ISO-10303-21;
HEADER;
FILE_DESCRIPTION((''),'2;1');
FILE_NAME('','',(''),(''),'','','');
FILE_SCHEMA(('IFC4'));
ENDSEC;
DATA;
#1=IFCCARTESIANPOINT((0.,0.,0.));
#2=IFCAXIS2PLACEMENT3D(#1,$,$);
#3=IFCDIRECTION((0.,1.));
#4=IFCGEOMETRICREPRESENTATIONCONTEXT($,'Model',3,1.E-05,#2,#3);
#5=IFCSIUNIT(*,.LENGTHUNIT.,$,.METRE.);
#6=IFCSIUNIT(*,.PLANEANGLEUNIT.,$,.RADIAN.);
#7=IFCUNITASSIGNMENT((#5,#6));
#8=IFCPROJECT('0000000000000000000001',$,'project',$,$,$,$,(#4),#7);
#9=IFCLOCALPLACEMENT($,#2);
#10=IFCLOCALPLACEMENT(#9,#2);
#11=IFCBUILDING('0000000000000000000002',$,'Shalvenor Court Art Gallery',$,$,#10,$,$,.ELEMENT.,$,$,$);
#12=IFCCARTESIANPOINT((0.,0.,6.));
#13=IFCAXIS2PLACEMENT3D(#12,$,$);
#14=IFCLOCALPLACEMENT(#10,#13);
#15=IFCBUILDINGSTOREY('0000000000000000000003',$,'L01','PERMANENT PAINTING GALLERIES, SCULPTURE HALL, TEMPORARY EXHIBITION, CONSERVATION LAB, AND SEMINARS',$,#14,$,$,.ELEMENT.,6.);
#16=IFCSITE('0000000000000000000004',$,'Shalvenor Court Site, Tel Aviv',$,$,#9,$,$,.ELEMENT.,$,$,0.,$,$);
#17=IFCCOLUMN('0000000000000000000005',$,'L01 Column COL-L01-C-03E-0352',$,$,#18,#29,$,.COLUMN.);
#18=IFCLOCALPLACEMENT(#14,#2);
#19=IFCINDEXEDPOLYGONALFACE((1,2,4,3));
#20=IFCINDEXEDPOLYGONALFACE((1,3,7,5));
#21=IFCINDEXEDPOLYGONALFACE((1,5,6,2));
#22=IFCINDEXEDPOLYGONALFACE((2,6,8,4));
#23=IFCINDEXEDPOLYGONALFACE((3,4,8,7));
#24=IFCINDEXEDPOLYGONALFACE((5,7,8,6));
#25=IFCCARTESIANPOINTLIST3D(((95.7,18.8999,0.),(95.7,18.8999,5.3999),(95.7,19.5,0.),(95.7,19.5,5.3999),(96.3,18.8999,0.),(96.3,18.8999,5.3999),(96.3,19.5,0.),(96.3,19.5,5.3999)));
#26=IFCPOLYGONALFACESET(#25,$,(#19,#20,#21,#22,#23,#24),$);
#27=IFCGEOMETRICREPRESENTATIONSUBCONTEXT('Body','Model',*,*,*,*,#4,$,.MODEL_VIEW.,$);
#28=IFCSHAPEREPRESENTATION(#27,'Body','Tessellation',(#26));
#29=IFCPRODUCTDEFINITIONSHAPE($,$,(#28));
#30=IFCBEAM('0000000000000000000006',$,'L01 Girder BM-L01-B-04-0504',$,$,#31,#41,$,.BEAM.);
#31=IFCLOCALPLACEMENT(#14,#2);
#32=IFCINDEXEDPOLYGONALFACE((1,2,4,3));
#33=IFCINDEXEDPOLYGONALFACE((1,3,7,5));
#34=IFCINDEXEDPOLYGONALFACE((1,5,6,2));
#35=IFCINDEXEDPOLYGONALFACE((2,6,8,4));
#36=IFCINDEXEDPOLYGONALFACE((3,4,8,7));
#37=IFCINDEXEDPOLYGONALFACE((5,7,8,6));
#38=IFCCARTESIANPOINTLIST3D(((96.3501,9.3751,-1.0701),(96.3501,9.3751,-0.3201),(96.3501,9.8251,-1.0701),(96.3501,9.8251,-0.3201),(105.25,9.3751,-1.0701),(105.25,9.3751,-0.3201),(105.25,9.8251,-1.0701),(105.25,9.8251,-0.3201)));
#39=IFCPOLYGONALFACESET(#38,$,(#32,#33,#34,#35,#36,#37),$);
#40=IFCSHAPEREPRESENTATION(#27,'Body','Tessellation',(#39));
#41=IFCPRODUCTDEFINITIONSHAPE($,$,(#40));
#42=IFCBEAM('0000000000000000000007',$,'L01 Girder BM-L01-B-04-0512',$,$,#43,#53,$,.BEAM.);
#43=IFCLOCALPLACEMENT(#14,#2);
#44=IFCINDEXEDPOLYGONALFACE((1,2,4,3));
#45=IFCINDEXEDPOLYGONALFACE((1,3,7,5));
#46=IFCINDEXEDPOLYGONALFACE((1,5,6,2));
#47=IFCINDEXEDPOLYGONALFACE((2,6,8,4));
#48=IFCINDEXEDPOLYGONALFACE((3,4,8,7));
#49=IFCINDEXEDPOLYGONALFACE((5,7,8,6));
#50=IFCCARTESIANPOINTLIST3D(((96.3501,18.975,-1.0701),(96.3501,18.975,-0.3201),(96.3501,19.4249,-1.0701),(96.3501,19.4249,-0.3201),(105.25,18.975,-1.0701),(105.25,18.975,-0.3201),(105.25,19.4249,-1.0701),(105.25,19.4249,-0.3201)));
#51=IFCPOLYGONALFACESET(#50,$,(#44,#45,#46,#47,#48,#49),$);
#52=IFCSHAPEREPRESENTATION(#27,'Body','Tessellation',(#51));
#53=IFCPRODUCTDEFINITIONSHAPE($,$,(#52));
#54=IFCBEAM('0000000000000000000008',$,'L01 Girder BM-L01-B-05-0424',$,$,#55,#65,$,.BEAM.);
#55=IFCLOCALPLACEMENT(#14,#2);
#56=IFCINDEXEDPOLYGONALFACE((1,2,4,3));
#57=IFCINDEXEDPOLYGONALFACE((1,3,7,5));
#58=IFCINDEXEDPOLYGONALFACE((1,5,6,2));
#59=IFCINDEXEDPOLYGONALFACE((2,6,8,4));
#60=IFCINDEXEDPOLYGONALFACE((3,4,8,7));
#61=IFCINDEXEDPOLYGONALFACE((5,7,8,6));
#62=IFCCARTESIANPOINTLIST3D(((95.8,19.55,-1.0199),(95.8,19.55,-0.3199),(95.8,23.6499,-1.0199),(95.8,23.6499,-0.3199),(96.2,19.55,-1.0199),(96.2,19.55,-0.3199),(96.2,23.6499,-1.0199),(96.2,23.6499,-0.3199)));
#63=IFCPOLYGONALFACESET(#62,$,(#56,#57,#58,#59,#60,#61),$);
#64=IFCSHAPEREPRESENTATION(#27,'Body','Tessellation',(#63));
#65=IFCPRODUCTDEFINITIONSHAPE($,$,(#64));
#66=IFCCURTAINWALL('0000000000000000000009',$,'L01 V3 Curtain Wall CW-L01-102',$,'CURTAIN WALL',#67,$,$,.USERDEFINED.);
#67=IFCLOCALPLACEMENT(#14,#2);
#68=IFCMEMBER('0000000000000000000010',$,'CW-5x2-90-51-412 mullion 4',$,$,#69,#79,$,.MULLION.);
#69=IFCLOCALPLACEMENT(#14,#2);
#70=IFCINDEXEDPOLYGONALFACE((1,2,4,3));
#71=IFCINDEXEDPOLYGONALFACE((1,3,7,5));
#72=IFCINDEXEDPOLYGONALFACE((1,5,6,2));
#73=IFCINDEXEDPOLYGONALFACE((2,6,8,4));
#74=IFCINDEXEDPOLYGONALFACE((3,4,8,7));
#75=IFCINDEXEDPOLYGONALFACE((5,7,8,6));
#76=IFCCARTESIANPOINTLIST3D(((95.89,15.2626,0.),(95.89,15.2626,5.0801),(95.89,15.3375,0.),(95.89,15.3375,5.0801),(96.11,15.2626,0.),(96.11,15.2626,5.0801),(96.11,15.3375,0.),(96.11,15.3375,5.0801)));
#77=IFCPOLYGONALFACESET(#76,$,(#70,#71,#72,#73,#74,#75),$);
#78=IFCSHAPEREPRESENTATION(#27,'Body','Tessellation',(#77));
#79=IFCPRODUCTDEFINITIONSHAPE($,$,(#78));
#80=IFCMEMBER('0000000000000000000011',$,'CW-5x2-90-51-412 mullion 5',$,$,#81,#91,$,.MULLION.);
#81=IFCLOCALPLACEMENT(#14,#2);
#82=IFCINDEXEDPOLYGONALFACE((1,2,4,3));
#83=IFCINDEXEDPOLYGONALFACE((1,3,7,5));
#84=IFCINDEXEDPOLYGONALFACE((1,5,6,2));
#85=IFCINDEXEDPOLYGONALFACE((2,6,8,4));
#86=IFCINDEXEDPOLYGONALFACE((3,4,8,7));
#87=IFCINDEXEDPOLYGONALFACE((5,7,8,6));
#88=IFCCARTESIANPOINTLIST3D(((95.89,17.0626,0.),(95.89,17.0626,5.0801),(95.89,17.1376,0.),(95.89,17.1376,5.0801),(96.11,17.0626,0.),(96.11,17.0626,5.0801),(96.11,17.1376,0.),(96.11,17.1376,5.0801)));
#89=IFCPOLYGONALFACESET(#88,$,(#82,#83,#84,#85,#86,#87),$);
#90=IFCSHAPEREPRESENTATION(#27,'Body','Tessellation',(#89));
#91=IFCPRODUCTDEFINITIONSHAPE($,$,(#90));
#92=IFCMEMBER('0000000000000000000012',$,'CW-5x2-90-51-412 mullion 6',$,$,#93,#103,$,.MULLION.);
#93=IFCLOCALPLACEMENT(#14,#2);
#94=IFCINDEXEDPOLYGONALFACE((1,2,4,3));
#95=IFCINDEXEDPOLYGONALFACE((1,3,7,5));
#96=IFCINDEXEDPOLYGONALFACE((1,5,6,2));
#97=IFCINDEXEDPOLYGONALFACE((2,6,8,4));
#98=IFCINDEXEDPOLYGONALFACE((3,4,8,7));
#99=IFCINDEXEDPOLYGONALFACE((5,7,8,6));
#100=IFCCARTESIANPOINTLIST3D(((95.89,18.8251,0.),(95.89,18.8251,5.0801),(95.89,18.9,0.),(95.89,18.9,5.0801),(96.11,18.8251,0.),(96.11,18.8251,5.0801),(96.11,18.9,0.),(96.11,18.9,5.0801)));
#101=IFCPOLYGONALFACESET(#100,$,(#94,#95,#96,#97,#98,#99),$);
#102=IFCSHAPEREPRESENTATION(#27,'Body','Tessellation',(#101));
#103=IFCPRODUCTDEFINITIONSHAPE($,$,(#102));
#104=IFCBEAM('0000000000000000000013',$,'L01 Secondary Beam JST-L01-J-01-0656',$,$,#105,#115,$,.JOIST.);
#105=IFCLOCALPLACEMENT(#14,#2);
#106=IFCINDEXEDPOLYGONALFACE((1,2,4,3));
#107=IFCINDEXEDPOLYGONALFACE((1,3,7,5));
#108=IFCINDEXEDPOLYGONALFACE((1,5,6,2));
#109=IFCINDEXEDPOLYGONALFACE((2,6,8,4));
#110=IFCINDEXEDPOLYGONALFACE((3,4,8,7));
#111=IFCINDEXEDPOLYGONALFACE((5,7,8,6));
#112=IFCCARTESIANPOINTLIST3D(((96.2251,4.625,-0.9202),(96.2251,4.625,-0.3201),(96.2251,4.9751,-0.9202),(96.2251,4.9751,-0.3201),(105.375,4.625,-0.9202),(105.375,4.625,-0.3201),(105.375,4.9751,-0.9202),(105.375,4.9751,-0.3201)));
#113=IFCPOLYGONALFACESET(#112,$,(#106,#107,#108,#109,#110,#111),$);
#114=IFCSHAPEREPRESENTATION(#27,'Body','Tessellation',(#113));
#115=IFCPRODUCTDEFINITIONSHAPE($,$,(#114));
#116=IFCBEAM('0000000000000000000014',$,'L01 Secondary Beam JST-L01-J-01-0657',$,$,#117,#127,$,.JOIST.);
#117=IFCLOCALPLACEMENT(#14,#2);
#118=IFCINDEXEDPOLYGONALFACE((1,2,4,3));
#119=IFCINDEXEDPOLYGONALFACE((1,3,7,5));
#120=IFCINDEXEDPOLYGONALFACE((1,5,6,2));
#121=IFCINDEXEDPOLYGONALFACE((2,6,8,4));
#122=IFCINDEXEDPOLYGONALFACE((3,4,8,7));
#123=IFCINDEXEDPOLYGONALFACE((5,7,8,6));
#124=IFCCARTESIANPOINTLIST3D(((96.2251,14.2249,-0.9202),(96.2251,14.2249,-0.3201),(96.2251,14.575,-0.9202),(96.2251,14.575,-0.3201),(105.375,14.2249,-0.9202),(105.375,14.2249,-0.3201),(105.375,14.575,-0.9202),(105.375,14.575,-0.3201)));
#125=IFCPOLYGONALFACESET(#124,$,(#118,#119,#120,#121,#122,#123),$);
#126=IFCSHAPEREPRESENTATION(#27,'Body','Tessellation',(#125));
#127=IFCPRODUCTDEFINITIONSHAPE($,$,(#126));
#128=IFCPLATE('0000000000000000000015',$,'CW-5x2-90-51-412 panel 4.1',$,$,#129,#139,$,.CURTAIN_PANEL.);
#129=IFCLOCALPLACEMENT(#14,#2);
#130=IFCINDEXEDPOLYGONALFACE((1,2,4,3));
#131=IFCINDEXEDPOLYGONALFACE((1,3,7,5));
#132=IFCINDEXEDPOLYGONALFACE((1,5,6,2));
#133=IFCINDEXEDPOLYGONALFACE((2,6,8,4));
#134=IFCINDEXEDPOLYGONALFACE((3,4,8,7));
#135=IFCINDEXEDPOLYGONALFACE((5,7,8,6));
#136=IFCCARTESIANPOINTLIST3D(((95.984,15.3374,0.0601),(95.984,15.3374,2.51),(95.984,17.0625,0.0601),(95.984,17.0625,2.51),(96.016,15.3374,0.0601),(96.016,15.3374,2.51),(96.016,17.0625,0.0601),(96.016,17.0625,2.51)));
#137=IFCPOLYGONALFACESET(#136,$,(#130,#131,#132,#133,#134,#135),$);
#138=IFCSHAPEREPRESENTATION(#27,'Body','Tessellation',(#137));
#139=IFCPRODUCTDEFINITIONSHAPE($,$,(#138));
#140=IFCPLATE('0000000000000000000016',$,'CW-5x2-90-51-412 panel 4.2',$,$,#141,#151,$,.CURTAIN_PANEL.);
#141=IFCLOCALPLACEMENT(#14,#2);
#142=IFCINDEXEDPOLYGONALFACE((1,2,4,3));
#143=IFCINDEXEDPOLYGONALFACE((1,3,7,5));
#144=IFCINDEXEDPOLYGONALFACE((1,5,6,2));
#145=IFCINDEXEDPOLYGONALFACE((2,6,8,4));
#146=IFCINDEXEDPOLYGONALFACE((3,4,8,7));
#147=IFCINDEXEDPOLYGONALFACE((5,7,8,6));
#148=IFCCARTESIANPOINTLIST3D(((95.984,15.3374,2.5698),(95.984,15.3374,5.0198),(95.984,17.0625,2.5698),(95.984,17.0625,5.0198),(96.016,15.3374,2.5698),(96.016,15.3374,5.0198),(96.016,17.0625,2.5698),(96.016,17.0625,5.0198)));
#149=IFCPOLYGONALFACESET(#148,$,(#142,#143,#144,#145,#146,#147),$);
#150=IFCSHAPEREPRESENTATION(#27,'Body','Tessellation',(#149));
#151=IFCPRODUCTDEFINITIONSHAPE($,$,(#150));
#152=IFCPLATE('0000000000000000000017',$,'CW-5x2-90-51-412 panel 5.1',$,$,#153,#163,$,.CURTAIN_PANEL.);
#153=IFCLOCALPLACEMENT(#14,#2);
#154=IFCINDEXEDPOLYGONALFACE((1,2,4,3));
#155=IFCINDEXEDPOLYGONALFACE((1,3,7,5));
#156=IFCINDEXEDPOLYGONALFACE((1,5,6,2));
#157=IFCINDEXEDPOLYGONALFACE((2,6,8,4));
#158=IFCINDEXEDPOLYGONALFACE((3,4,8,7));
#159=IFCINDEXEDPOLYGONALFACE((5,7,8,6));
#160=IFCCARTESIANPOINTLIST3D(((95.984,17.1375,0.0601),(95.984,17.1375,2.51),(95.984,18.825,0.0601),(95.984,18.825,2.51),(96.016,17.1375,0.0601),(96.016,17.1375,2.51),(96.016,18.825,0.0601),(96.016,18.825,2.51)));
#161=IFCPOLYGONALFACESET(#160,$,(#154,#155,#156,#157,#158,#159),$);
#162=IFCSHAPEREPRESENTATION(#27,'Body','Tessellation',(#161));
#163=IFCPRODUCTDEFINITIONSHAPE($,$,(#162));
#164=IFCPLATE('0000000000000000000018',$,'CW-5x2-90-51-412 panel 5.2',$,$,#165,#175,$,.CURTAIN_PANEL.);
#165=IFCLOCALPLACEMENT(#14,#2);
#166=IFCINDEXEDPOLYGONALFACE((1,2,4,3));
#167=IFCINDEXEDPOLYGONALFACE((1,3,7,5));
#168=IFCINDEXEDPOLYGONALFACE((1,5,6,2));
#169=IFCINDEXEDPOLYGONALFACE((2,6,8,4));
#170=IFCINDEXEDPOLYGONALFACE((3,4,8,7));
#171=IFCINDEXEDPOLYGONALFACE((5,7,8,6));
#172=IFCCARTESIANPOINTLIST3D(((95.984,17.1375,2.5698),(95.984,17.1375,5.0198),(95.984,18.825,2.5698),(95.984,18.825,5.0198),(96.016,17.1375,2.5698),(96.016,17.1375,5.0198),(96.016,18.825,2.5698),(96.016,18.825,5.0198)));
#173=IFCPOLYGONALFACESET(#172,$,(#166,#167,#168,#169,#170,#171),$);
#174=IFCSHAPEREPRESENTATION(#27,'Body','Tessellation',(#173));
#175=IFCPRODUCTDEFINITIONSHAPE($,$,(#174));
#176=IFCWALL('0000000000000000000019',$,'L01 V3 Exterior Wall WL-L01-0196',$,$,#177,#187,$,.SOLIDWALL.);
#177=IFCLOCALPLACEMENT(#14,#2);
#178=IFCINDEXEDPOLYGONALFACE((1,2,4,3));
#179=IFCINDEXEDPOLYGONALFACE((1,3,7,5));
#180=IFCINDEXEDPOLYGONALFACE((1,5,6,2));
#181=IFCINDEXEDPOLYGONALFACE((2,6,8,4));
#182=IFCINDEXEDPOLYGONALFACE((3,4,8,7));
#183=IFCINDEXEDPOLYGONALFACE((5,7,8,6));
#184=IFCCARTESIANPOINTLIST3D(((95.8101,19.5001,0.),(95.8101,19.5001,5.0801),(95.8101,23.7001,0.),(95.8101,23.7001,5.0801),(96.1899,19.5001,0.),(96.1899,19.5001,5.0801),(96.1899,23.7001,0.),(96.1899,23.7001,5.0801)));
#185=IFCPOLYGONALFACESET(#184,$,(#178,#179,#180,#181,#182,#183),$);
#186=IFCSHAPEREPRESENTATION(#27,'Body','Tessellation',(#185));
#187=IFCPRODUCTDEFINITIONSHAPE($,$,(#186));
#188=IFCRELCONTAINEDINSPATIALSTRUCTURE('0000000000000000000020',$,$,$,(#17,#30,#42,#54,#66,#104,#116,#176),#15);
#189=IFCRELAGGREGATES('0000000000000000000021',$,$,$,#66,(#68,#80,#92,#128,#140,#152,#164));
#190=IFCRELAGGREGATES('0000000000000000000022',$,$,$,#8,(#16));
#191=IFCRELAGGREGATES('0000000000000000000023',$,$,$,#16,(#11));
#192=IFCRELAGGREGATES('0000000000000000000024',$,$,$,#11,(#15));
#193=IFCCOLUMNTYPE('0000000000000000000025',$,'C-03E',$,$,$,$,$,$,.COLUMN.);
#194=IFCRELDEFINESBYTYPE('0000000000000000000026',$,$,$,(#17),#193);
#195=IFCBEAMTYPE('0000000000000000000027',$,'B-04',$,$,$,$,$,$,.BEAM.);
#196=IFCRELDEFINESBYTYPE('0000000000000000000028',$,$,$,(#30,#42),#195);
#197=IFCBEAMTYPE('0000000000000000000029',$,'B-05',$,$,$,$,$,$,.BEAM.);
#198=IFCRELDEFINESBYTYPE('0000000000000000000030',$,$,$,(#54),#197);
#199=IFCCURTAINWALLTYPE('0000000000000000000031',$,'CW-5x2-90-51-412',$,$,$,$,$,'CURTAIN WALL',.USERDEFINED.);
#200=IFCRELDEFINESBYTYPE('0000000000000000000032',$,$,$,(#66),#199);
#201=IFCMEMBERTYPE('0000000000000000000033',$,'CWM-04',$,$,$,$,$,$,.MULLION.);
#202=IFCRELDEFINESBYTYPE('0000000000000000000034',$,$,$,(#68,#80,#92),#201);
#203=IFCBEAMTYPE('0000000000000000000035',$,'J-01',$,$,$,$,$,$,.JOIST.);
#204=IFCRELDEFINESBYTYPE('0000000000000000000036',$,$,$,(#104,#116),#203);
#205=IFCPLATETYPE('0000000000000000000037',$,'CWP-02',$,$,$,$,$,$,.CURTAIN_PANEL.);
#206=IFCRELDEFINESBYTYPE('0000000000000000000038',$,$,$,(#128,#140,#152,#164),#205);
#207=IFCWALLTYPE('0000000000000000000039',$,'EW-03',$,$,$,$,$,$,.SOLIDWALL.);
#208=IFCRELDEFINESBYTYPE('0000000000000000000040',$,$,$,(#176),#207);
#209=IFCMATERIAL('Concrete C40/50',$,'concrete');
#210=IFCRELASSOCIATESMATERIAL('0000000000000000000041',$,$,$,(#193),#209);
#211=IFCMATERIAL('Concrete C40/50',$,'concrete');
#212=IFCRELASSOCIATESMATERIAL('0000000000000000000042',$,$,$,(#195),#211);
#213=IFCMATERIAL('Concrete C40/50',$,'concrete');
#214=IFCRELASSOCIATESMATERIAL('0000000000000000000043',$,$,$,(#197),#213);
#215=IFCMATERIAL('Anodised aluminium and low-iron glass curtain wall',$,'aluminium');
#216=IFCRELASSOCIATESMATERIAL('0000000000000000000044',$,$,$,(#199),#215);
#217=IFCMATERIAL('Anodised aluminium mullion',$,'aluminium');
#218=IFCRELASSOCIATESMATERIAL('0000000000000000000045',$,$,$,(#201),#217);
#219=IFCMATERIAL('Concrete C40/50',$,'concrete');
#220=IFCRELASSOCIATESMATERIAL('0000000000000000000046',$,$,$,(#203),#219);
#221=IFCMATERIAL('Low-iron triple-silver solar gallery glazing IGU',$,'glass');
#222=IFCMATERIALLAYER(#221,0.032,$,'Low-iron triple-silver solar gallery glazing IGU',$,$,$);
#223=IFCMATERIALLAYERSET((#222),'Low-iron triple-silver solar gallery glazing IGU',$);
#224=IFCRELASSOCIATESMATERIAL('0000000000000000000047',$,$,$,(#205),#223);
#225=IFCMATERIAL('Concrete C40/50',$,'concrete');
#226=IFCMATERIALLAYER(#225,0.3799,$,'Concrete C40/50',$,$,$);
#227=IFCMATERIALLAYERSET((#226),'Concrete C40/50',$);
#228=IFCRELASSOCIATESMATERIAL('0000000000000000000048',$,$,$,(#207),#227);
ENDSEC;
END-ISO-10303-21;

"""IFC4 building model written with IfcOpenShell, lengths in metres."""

from ifc_helpers import new_model, si_unit, direction, frame, frame_2d, origin, origin_2d, place, context, subcontext, project, spatial, rectangle, extrude, material, layer, layer_set, material_profile, profile_set, type_object, element, aggregate, save


model = new_model("IFC4")

# Units and contexts
model_context = context("Model", 3, precision=1e-05, world=origin(), true_north=direction((0.0, 1.0)))
body_context = subcontext(model_context, "Body", "Model", "MODEL_VIEW")
ifc_project = project(units=[si_unit("LENGTHUNIT", "METRE"), si_unit("PLANEANGLEUNIT", "RADIAN")], contexts=[model_context])

# Site, building, storey
site_placement = place(None, origin())
site = spatial("IfcSite", under=ifc_project, at=site_placement, Name="Shalvenor Court Site, Tel Aviv", CompositionType="ELEMENT", RefElevation=0.0)
building_placement = place(site_placement, origin())
building = spatial("IfcBuilding", under=site, at=building_placement, Name="Shalvenor Court Art Gallery", CompositionType="ELEMENT")
storey_placement = place(building_placement, frame((0.0, 0.0, 6.0)))
storey = spatial("IfcBuildingStorey", under=building, at=storey_placement, Name="L01", Description="PERMANENT PAINTING GALLERIES, SCULPTURE HALL, TEMPORARY EXHIBITION, CONSERVATION LAB, AND SEMINARS", CompositionType="ELEMENT", Elevation=6.0)

# Column
ifc_material_1 = material(Name="Concrete C40/50", Category="concrete")
ifc_material_profile_1 = material_profile(ifc_material_1, rectangle(XDim=0.6001, YDim=0.6001, at=origin_2d()), Name="RC 600x600")
ifc_profile_set_1 = profile_set([ifc_material_profile_1], Name="Concrete C40/50")
column_type = type_object("IfcColumnType", Name="C-03E", PredefinedType="COLUMN", material=ifc_profile_set_1)
column_placement = place(storey_placement, frame((96.0, 19.2, 0.0), z_axis=(0.0, 0.0, 1.0), x_axis=(1.0, 0.0, 0.0)))
element("IfcColumn", 1, at=column_placement, inside=storey, type_object=column_type, Name="L01 Column COL-L01-C-03E-0352", PredefinedType="COLUMN", context=body_context, shape_type="SweptSolid", body=[
    extrude(rectangle(XDim=0.6001, YDim=0.6001, at=origin_2d()), origin(), (0.0, 0.0, 1.0), 5.3999),
])

# Beams
ifc_material_2 = material(Name="Concrete C40/50", Category="concrete")
ifc_material_profile_2 = material_profile(ifc_material_2, rectangle(XDim=0.45, YDim=0.75, at=origin_2d()), Name="RC 450x750")
ifc_profile_set_2 = profile_set([ifc_material_profile_2], Name="Concrete C40/50")
beam_type_1 = type_object("IfcBeamType", Name="B-04", PredefinedType="BEAM", material=ifc_profile_set_2)
for number, where, z_axis, x_axis, name in (
    (2, (96.3501, 9.6001, -0.6951), (1.0, 0.0, 0.0), (0.0, 1.0, 0.0), "L01 Girder BM-L01-B-04-0504"),
    (3, (96.3501, 19.2, -0.6951), (1.0, 0.0, 0.0), (0.0, 1.0, 0.0), "L01 Girder BM-L01-B-04-0512"),
):
    element("IfcBeam", number, at=place(storey_placement, frame(where, z_axis=z_axis, x_axis=x_axis)), inside=storey, type_object=beam_type_1, Name=name, PredefinedType="BEAM", context=body_context, shape_type="SweptSolid", body=[
        extrude(rectangle(XDim=0.45, YDim=0.75, at=origin_2d()), origin(), (0.0, 0.0, 1.0), 8.8999),
    ])
ifc_material_3 = material(Name="Concrete C40/50", Category="concrete")
ifc_material_profile_3 = material_profile(ifc_material_3, rectangle(XDim=0.3999, YDim=0.7, at=origin_2d()), Name="RC 400x700")
ifc_profile_set_3 = profile_set([ifc_material_profile_3], Name="Concrete C40/50")
beam_type_2 = type_object("IfcBeamType", Name="B-05", PredefinedType="BEAM", material=ifc_profile_set_3)
beam_placement = place(storey_placement, frame((96.0, 19.55, -0.6699), z_axis=(0.0, 1.0, 0.0), x_axis=(-1.0, 0.0, 0.0)))
element("IfcBeam", 4, at=beam_placement, inside=storey, type_object=beam_type_2, Name="L01 Girder BM-L01-B-05-0424", PredefinedType="BEAM", context=body_context, shape_type="SweptSolid", body=[
    extrude(rectangle(XDim=0.3999, YDim=0.7, at=origin_2d()), origin(), (0.0, 0.0, 1.0), 4.0999),
])

# Curtain wall, members
ifc_material_4 = material(Name="Anodised aluminium and low-iron glass curtain wall", Category="aluminium")
curtain_wall_type = type_object("IfcCurtainWallType", Name="CW-5x2-90-51-412", ElementType="CURTAIN WALL", PredefinedType="USERDEFINED", material=ifc_material_4)
curtain_wall_placement = place(storey_placement, origin())
curtain_wall = element("IfcCurtainWall", 5, at=curtain_wall_placement, inside=storey, type_object=curtain_wall_type, Name="L01 V3 Curtain Wall CW-L01-102", ObjectType="CURTAIN WALL", PredefinedType="USERDEFINED")
ifc_material_5 = material(Name="Anodised aluminium mullion", Category="aluminium")
ifc_material_profile_4 = material_profile(ifc_material_5, rectangle(XDim=0.075, YDim=0.22, at=origin_2d()), Name="CWM-04")
ifc_profile_set_4 = profile_set([ifc_material_profile_4], Name="Anodised aluminium mullion")
member_type = type_object("IfcMemberType", Name="CWM-04", PredefinedType="MULLION", material=ifc_profile_set_4)
member_1_placement = place(storey_placement, frame((96.0, 15.3, 0.0), z_axis=(0.0, 0.0, 1.0), x_axis=(0.0, 1.0, 0.0)))
member_1 = element("IfcMember", 6, at=member_1_placement, type_object=member_type, Name="CW-5x2-90-51-412 mullion 4", PredefinedType="MULLION", context=body_context, shape_type="SweptSolid", body=[
    extrude(rectangle(XDim=0.075, YDim=0.22, at=origin_2d()), origin(), (0.0, 0.0, 1.0), 5.0801),
])
member_2_placement = place(storey_placement, frame((96.0, 17.1001, 0.0), z_axis=(0.0, 0.0, 1.0), x_axis=(0.0, 1.0, 0.0)))
member_2 = element("IfcMember", 7, at=member_2_placement, type_object=member_type, Name="CW-5x2-90-51-412 mullion 5", PredefinedType="MULLION", context=body_context, shape_type="SweptSolid", body=[
    extrude(rectangle(XDim=0.075, YDim=0.22, at=origin_2d()), origin(), (0.0, 0.0, 1.0), 5.0801),
])
member_3_placement = place(storey_placement, frame((96.0, 18.8625, 0.0), z_axis=(0.0, 0.0, 1.0), x_axis=(0.0, 1.0, 0.0)))
member_3 = element("IfcMember", 8, at=member_3_placement, type_object=member_type, Name="CW-5x2-90-51-412 mullion 6", PredefinedType="MULLION", context=body_context, shape_type="SweptSolid", body=[
    extrude(rectangle(XDim=0.075, YDim=0.22, at=origin_2d()), origin(), (0.0, 0.0, 1.0), 5.0801),
])

# Beams
ifc_material_6 = material(Name="Concrete C40/50", Category="concrete")
ifc_material_profile_5 = material_profile(ifc_material_6, rectangle(XDim=0.3501, YDim=0.6001, at=origin_2d()), Name="RC 350x600")
ifc_profile_set_5 = profile_set([ifc_material_profile_5], Name="Concrete C40/50")
beam_type_3 = type_object("IfcBeamType", Name="J-01", PredefinedType="JOIST", material=ifc_profile_set_5)
for number, where, z_axis, x_axis, name in (
    (9, (96.2251, 4.8, -0.6201), (1.0, 0.0, 0.0), (0.0, 1.0, 0.0), "L01 Secondary Beam JST-L01-J-01-0656"),
    (10, (96.2251, 14.3999, -0.6201), (1.0, 0.0, 0.0), (0.0, 1.0, 0.0), "L01 Secondary Beam JST-L01-J-01-0657"),
):
    element("IfcBeam", number, at=place(storey_placement, frame(where, z_axis=z_axis, x_axis=x_axis)), inside=storey, type_object=beam_type_3, Name=name, PredefinedType="JOIST", context=body_context, shape_type="SweptSolid", body=[
        extrude(rectangle(XDim=0.3501, YDim=0.6001, at=origin_2d()), origin(), (0.0, 0.0, 1.0), 9.1499),
    ])

# Plates
ifc_material_7 = material(Name="Low-iron triple-silver solar gallery glazing IGU", Category="glass")
ifc_layer_1 = layer(ifc_material_7, 0.032, Name="Low-iron triple-silver solar gallery glazing IGU")
ifc_layer_set_1 = layer_set([ifc_layer_1], Name="Low-iron triple-silver solar gallery glazing IGU")
plate_type = type_object("IfcPlateType", Name="CWP-02", PredefinedType="CURTAIN_PANEL", material=ifc_layer_set_1)
plate_1_placement = place(storey_placement, frame((96.0, 16.2, 0.0601), z_axis=(0.0, 0.0, 1.0), x_axis=(0.0, 1.0, 0.0)))
plate_1 = element("IfcPlate", 11, at=plate_1_placement, type_object=plate_type, Name="CW-5x2-90-51-412 panel 4.1", PredefinedType="CURTAIN_PANEL", context=body_context, shape_type="SweptSolid", body=[
    extrude(rectangle(XDim=1.7251, YDim=0.032, at=origin_2d()), origin(), (0.0, 0.0, 1.0), 2.45),
])
plate_2_placement = place(storey_placement, frame((96.0, 16.2, 2.5698), z_axis=(0.0, 0.0, 1.0), x_axis=(0.0, 1.0, 0.0)))
plate_2 = element("IfcPlate", 12, at=plate_2_placement, type_object=plate_type, Name="CW-5x2-90-51-412 panel 4.2", PredefinedType="CURTAIN_PANEL", context=body_context, shape_type="SweptSolid", body=[
    extrude(rectangle(XDim=1.7251, YDim=0.032, at=origin_2d()), origin(), (0.0, 0.0, 1.0), 2.45),
])
plate_3_placement = place(storey_placement, frame((96.0, 17.9812, 0.0601), z_axis=(0.0, 0.0, 1.0), x_axis=(0.0, 1.0, 0.0)))
plate_3 = element("IfcPlate", 13, at=plate_3_placement, type_object=plate_type, Name="CW-5x2-90-51-412 panel 5.1", PredefinedType="CURTAIN_PANEL", context=body_context, shape_type="SweptSolid", body=[
    extrude(rectangle(XDim=1.6875, YDim=0.032, at=origin_2d()), origin(), (0.0, 0.0, 1.0), 2.45),
])
plate_4_placement = place(storey_placement, frame((96.0, 17.9812, 2.5698), z_axis=(0.0, 0.0, 1.0), x_axis=(0.0, 1.0, 0.0)))
plate_4 = element("IfcPlate", 14, at=plate_4_placement, type_object=plate_type, Name="CW-5x2-90-51-412 panel 5.2", PredefinedType="CURTAIN_PANEL", context=body_context, shape_type="SweptSolid", body=[
    extrude(rectangle(XDim=1.6875, YDim=0.032, at=origin_2d()), origin(), (0.0, 0.0, 1.0), 2.45),
])
aggregate(curtain_wall, [member_1, member_2, member_3, plate_1, plate_2, plate_3, plate_4])

# Wall
ifc_material_8 = material(Name="Concrete C40/50", Category="concrete")
ifc_layer_2 = layer(ifc_material_8, 0.3799, Name="Concrete C40/50")
ifc_layer_set_2 = layer_set([ifc_layer_2], Name="Concrete C40/50")
wall_type_1 = type_object("IfcWallType", Name="EW-03", PredefinedType="SOLIDWALL", material=ifc_layer_set_2)
wall_1_placement = place(storey_placement, frame((96.0, 19.5, 0.0), z_axis=(0.0, 0.0, 1.0), x_axis=(0.0, 1.0, 0.0)))
element("IfcWall", 15, at=wall_1_placement, inside=storey, type_object=wall_type_1, Name="L01 V3 Exterior Wall WL-L01-0196", PredefinedType="SOLIDWALL", context=body_context, shape_type="SweptSolid", body=[
    extrude(rectangle(XDim=4.2, YDim=0.3799, at=frame_2d((2.1001, 0.0))), origin(), (0.0, 0.0, 1.0), 5.0801),
])

save(model, "model.ifc")
